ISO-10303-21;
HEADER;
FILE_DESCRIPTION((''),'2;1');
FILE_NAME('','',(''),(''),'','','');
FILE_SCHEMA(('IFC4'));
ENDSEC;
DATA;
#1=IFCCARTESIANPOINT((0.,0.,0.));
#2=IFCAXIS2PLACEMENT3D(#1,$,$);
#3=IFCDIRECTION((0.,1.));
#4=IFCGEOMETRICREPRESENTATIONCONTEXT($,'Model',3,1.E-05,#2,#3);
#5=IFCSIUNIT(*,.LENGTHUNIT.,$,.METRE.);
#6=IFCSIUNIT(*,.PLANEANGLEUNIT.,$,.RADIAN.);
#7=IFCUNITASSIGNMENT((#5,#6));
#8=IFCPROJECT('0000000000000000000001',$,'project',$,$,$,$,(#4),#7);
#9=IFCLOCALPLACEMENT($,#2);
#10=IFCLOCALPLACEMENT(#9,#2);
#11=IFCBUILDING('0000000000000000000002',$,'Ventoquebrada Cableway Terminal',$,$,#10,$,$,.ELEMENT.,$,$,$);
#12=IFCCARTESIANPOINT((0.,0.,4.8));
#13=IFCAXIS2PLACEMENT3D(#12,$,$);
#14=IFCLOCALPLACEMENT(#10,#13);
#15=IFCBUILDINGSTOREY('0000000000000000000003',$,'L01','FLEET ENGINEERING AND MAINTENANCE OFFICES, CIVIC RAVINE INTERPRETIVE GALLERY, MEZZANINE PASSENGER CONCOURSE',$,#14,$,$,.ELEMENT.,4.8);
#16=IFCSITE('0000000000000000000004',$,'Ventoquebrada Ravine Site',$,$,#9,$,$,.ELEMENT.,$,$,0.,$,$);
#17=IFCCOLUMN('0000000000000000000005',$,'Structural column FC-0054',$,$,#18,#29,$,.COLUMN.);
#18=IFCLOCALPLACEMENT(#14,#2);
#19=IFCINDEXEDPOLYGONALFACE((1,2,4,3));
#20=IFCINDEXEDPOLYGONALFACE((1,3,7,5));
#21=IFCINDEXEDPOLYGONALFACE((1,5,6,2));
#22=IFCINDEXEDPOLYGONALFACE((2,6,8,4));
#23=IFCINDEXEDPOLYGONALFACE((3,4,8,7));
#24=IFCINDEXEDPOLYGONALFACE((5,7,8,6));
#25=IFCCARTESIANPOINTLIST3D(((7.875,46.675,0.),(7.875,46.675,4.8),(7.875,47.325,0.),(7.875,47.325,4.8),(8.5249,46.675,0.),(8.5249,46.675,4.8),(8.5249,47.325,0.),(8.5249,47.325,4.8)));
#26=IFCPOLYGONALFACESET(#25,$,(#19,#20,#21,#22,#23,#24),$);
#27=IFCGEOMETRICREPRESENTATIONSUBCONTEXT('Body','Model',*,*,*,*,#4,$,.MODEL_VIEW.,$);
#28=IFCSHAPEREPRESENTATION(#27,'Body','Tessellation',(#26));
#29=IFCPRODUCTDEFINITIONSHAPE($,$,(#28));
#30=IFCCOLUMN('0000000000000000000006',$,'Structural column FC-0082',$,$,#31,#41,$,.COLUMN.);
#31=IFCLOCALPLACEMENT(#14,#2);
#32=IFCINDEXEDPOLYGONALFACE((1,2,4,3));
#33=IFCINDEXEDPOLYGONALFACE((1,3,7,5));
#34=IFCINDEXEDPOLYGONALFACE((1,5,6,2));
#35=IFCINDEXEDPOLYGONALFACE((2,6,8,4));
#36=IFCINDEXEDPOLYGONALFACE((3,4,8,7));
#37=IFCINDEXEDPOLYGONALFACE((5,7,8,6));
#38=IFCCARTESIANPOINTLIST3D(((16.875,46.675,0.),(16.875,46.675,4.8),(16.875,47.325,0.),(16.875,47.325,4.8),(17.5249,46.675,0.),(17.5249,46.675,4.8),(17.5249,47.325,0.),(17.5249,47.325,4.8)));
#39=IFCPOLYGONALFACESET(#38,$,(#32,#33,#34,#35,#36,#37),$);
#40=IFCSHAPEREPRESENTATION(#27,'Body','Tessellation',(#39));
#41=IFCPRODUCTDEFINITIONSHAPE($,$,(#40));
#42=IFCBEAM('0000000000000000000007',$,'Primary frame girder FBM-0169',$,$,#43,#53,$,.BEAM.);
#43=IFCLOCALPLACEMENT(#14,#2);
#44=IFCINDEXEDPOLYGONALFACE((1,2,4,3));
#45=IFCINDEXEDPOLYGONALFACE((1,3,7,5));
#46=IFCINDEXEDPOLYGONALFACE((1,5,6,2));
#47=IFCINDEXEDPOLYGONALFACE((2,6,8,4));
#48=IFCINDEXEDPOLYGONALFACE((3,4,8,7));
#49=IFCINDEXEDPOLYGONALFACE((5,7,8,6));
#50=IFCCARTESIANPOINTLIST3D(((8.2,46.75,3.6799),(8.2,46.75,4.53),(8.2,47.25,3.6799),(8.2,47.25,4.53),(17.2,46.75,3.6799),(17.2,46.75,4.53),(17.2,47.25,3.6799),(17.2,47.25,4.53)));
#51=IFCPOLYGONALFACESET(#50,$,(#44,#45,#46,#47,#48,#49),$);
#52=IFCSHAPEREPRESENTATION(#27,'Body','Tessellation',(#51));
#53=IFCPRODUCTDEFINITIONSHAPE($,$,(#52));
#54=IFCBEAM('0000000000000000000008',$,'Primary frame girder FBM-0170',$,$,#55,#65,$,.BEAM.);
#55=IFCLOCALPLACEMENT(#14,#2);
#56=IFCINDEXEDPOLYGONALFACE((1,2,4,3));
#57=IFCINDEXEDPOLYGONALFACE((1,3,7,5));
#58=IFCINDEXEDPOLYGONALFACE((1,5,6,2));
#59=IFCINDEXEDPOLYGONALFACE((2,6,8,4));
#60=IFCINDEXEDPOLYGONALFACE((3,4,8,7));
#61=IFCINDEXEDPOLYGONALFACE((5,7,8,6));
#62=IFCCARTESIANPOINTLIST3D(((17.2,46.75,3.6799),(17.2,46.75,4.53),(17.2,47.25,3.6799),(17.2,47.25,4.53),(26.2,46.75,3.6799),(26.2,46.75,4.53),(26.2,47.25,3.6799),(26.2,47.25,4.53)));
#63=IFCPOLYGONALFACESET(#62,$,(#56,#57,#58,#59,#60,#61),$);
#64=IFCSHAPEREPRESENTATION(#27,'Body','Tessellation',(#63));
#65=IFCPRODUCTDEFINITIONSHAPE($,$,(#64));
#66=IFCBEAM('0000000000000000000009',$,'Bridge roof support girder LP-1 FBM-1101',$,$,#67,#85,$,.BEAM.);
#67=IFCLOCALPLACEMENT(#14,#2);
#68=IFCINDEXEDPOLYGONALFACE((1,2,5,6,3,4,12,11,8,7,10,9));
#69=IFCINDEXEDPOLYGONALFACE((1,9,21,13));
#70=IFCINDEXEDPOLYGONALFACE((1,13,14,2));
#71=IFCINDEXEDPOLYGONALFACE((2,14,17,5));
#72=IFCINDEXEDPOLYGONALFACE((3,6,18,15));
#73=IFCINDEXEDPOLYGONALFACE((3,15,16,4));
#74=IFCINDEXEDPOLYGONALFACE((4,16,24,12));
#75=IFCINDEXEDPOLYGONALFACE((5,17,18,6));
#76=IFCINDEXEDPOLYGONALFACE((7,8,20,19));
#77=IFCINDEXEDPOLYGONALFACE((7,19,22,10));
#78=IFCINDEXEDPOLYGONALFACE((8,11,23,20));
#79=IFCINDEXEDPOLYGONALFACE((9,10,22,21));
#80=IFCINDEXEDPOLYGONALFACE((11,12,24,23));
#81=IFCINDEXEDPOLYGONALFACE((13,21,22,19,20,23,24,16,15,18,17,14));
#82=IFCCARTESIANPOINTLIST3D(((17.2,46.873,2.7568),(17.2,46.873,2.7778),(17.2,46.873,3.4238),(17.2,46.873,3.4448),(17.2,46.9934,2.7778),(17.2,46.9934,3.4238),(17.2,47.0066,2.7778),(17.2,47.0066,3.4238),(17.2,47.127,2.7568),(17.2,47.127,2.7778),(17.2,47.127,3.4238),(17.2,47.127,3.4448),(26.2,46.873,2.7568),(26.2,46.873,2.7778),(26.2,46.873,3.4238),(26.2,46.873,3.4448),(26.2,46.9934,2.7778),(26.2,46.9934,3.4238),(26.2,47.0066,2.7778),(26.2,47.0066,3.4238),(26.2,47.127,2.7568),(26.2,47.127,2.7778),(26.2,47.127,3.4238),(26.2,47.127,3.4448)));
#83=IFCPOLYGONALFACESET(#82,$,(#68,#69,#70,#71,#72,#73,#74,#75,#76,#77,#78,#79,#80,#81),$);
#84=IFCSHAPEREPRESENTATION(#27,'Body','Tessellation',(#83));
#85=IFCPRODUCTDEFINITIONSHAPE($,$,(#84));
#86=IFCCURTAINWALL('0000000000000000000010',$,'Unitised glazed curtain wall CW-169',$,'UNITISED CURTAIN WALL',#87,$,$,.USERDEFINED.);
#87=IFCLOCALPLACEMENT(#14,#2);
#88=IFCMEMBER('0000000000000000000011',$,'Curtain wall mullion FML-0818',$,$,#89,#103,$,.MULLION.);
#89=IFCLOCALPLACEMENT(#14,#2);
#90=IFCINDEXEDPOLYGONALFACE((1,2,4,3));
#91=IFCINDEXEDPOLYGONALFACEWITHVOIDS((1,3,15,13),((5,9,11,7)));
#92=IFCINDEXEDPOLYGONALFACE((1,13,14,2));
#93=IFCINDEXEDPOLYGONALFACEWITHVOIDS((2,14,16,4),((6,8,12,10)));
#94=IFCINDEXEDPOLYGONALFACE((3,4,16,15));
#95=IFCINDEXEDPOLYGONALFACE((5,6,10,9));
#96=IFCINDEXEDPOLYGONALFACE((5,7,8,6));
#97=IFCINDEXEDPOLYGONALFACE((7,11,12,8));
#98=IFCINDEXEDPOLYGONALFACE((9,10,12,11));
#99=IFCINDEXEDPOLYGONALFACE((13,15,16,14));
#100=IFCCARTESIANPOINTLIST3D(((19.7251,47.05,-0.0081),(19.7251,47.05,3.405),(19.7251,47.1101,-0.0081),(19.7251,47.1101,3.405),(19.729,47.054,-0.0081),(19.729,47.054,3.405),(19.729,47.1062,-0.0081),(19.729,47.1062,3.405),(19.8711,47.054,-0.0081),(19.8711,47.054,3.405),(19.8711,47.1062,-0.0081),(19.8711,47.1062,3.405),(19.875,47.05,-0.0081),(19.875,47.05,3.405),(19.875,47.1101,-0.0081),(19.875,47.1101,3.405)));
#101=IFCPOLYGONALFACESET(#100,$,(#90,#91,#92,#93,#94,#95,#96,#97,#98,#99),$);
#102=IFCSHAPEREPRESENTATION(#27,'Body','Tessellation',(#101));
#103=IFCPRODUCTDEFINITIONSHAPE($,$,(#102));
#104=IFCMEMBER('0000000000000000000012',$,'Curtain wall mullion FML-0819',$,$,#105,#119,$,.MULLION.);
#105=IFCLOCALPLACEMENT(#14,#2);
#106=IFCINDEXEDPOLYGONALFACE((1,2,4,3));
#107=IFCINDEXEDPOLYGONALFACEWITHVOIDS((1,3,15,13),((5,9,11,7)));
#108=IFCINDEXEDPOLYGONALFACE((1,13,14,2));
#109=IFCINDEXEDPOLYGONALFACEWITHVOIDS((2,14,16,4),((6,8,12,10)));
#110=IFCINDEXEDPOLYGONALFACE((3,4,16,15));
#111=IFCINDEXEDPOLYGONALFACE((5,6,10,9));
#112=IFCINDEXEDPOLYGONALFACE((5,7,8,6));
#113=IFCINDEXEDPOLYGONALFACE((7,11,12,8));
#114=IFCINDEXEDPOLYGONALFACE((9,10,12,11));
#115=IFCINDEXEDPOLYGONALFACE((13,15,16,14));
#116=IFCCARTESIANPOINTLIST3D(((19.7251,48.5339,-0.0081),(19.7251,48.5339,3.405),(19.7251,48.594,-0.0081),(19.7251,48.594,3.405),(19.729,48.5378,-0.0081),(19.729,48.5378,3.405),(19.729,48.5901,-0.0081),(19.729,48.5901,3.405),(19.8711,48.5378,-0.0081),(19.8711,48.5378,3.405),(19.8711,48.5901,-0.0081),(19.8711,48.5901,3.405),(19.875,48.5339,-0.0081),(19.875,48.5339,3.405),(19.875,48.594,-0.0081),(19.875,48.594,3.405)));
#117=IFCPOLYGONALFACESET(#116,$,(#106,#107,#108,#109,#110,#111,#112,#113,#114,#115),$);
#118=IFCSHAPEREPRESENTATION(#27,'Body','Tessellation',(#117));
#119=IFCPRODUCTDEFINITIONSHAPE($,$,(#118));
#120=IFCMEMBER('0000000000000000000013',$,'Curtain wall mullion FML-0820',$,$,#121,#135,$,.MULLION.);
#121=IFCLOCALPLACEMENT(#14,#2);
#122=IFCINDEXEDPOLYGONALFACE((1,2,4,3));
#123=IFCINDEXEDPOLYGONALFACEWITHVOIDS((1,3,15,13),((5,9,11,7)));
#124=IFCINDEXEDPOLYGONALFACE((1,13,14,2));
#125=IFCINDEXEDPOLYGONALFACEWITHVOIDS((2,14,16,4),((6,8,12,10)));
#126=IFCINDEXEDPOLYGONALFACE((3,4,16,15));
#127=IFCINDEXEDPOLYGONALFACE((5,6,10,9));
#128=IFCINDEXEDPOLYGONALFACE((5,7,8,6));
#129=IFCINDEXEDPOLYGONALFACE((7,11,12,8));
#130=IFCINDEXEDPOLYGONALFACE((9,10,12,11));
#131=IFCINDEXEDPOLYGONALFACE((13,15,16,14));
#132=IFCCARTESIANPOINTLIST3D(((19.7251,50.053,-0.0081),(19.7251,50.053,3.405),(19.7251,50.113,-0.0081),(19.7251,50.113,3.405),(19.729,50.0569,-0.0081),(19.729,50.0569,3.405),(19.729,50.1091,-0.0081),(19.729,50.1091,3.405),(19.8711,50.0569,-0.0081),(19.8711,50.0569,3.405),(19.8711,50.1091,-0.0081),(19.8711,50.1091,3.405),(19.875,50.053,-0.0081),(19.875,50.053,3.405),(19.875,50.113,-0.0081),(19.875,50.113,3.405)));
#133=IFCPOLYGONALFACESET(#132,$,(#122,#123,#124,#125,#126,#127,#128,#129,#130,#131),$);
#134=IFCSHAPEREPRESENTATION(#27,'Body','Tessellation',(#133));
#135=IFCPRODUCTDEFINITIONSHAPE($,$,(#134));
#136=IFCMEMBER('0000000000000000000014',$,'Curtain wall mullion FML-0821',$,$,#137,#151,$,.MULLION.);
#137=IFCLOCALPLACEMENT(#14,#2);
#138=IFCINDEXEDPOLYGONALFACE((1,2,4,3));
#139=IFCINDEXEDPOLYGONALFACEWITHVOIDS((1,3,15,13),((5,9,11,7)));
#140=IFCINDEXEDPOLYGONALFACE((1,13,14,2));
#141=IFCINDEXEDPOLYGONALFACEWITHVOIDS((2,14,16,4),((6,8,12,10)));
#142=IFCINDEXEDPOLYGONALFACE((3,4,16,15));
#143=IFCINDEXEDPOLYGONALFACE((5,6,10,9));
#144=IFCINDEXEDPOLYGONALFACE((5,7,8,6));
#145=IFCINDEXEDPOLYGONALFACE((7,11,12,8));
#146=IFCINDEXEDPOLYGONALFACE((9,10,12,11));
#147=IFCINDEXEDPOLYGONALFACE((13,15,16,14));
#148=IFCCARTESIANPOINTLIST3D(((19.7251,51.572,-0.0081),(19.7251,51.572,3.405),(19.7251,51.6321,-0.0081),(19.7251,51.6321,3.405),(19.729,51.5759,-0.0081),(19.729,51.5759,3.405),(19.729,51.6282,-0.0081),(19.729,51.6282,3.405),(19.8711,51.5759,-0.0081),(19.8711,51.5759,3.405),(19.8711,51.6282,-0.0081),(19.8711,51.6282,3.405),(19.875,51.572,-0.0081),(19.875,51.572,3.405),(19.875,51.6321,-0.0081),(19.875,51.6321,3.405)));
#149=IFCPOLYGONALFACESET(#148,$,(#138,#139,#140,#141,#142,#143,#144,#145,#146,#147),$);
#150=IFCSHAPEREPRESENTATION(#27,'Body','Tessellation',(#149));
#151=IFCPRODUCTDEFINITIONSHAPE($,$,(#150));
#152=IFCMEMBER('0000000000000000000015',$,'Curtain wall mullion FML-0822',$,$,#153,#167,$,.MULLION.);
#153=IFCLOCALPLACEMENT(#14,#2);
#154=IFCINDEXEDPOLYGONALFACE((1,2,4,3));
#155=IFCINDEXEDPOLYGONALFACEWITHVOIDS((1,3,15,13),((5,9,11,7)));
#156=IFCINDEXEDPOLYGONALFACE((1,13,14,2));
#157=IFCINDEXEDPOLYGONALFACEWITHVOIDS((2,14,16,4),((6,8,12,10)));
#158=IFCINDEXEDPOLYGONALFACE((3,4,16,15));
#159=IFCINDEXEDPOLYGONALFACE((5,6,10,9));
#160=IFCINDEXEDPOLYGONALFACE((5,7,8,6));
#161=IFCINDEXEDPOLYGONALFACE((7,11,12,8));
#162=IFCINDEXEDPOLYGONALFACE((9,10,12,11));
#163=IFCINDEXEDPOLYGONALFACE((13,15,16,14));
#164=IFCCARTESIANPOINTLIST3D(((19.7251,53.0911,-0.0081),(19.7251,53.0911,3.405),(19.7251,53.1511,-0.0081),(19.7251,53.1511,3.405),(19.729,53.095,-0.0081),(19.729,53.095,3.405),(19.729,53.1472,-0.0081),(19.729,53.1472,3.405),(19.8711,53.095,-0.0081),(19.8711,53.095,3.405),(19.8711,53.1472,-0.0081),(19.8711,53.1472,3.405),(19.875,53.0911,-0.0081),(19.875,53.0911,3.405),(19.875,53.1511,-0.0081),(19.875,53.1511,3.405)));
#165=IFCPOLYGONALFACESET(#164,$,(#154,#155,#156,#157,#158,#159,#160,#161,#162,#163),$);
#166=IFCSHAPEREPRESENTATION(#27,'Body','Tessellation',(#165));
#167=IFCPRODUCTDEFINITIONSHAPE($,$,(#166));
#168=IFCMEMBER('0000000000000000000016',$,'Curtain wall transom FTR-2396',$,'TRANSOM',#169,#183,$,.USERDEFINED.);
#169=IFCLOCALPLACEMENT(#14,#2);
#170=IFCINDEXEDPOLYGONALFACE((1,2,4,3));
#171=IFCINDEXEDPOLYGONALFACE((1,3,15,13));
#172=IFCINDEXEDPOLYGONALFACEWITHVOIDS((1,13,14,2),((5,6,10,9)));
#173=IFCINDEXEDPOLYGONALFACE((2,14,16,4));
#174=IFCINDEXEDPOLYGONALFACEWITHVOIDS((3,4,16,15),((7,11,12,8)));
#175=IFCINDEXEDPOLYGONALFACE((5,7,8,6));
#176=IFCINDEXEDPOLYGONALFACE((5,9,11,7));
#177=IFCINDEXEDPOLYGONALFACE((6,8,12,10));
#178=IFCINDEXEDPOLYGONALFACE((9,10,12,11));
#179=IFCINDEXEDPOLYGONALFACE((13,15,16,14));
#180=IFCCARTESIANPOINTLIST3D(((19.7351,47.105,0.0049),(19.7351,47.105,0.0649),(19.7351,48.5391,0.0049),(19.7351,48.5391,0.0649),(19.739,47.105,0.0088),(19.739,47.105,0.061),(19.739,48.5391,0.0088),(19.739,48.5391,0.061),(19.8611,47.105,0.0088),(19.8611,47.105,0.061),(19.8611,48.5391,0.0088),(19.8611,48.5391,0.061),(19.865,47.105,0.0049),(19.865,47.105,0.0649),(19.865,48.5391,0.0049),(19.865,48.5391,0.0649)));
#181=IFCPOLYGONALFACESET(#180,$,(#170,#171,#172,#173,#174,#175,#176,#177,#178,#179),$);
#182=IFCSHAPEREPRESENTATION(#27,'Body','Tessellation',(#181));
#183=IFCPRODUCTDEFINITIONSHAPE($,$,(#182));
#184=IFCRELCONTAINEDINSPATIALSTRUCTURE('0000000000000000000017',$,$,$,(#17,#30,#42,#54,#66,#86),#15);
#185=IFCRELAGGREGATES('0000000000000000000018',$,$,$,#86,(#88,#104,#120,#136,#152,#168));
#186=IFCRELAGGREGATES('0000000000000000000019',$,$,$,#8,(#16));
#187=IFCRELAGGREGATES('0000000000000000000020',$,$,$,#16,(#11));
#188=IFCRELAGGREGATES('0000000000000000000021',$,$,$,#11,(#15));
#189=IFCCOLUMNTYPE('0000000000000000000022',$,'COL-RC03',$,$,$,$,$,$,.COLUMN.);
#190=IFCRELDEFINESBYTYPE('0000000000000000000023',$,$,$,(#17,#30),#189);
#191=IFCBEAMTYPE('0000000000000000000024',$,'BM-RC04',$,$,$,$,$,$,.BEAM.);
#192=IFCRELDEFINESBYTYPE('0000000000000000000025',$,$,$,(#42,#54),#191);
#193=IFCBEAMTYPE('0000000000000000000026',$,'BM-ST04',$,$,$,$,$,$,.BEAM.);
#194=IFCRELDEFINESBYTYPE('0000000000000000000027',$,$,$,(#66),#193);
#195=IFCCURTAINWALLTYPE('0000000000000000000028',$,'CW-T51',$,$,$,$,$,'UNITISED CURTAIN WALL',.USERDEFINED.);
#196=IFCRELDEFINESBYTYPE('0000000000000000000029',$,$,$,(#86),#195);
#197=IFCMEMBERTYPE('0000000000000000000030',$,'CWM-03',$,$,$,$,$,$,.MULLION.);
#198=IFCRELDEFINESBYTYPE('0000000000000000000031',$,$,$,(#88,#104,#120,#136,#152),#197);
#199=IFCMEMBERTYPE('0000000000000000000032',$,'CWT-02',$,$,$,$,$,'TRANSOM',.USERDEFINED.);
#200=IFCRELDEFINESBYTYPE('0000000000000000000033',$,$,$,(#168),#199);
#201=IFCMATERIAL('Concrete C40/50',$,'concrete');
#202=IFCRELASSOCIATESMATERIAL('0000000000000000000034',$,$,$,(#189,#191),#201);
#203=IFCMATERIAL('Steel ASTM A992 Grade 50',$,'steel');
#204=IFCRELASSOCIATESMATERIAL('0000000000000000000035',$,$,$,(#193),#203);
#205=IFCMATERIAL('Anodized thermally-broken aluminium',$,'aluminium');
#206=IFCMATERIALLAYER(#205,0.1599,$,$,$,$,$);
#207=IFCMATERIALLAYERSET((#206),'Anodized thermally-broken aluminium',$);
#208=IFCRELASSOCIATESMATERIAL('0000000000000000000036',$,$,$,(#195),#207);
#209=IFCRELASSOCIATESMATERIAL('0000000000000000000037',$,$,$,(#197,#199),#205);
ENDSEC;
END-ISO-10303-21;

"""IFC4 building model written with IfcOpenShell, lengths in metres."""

from ifc_helpers import new_model, si_unit, direction, frame, origin, origin_2d, place, context, subcontext, project, spatial, rectangle, hollow_rectangle, i_section, extrude, material, layer, layer_set, material_profile, profile_set, type_object, element, aggregate, save


model = new_model("IFC4")

# Units and contexts
model_context = context("Model", 3, precision=1e-05, world=origin(), true_north=direction((0.0, 1.0)))
body_context = subcontext(model_context, "Body", "Model", "MODEL_VIEW")
ifc_project = project(units=[si_unit("LENGTHUNIT", "METRE"), si_unit("PLANEANGLEUNIT", "RADIAN")], contexts=[model_context])

# Site, building, storey
site_placement = place(None, origin())
site = spatial("IfcSite", under=ifc_project, at=site_placement, Name="Ventoquebrada Ravine Site", CompositionType="ELEMENT", RefElevation=0.0)
building_placement = place(site_placement, origin())
building = spatial("IfcBuilding", under=site, at=building_placement, Name="Ventoquebrada Cableway Terminal", CompositionType="ELEMENT")
storey_placement = place(building_placement, frame((0.0, 0.0, 4.8)))
storey = spatial("IfcBuildingStorey", under=building, at=storey_placement, Name="L01", Description="FLEET ENGINEERING AND MAINTENANCE OFFICES, CIVIC RAVINE INTERPRETIVE GALLERY, MEZZANINE PASSENGER CONCOURSE", CompositionType="ELEMENT", Elevation=4.8)

# Columns
ifc_material_1 = material(Name="Concrete C40/50", Category="concrete")
ifc_material_profile_1 = material_profile(ifc_material_1, rectangle(XDim=0.6499, YDim=0.6499, at=origin_2d()), Name="RC-COL-650X650")
ifc_profile_set_1 = profile_set([ifc_material_profile_1], Name="Concrete C40/50")
column_type = type_object("IfcColumnType", Name="COL-RC03", PredefinedType="COLUMN", material=ifc_profile_set_1)
for number, where, z_axis, x_axis, name in (
    (1, (8.2, 47.0, 0.0), (0.0, 0.0, 1.0), (1.0, 0.0, 0.0), "Structural column FC-0054"),
    (2, (17.2, 47.0, 0.0), (0.0, 0.0, 1.0), (1.0, 0.0, 0.0), "Structural column FC-0082"),
):
    element("IfcColumn", number, at=place(storey_placement, frame(where, z_axis=z_axis, x_axis=x_axis)), inside=storey, type_object=column_type, Name=name, PredefinedType="COLUMN", context=body_context, shape_type="SweptSolid", body=[
        extrude(rectangle(XDim=0.6499, YDim=0.6499, at=origin_2d()), origin(), (0.0, 0.0, 1.0), 4.8),
    ])

# Beams
ifc_material_profile_2 = material_profile(ifc_material_1, rectangle(XDim=0.5, YDim=0.8501, at=origin_2d()), Name="RC-BM-500X850")
ifc_profile_set_2 = profile_set([ifc_material_profile_2], Name="Concrete C40/50")
beam_type_1 = type_object("IfcBeamType", Name="BM-RC04", PredefinedType="BEAM", material=ifc_profile_set_2)
for number, where, z_axis, x_axis, name in (
    (3, (8.2, 47.0, 4.105), (1.0, 0.0, 0.0), (0.0, 1.0, 0.0), "Primary frame girder FBM-0169"),
    (4, (17.2, 47.0, 4.105), (1.0, 0.0, 0.0), (0.0, 1.0, 0.0), "Primary frame girder FBM-0170"),
):
    element("IfcBeam", number, at=place(storey_placement, frame(where, z_axis=z_axis, x_axis=x_axis)), inside=storey, type_object=beam_type_1, Name=name, PredefinedType="BEAM", context=body_context, shape_type="SweptSolid", body=[
        extrude(rectangle(XDim=0.5, YDim=0.8501, at=origin_2d()), origin(), (0.0, 0.0, 1.0), 9.0),
    ])
ifc_material_2 = material(Name="Steel ASTM A992 Grade 50", Category="steel")
ifc_material_profile_3 = material_profile(ifc_material_2, i_section(OverallWidth=0.2539, OverallDepth=0.688, WebThickness=0.0132, FlangeThickness=0.021, at=origin_2d()), Name="W27X102")
ifc_profile_set_3 = profile_set([ifc_material_profile_3], Name="Steel ASTM A992 Grade 50")
beam_type_2 = type_object("IfcBeamType", Name="BM-ST04", PredefinedType="BEAM", material=ifc_profile_set_3)
beam_placement = place(storey_placement, frame((17.2, 47.0, 3.1008), z_axis=(1.0, 0.0, 0.0), x_axis=(0.0, 1.0, 0.0)))
element("IfcBeam", 5, at=beam_placement, inside=storey, type_object=beam_type_2, Name="Bridge roof support girder LP-1 FBM-1101", PredefinedType="BEAM", context=body_context, shape_type="SweptSolid", body=[
    extrude(i_section(OverallWidth=0.2539, OverallDepth=0.688, WebThickness=0.0132, FlangeThickness=0.021, at=origin_2d()), origin(), (0.0, 0.0, 1.0), 9.0),
])

# Curtain wall, members
ifc_material_3 = material(Name="Anodized thermally-broken aluminium", Category="aluminium")
ifc_layer_1 = layer(ifc_material_3, 0.1599)
ifc_layer_set_1 = layer_set([ifc_layer_1], Name="Anodized thermally-broken aluminium")
curtain_wall_type = type_object("IfcCurtainWallType", Name="CW-T51", ElementType="UNITISED CURTAIN WALL", PredefinedType="USERDEFINED", material=ifc_layer_set_1)
curtain_wall_placement = place(storey_placement, origin())
curtain_wall = element("IfcCurtainWall", 6, at=curtain_wall_placement, inside=storey, type_object=curtain_wall_type, Name="Unitised glazed curtain wall CW-169", ObjectType="UNITISED CURTAIN WALL", PredefinedType="USERDEFINED")
ifc_material_profile_4 = material_profile(ifc_material_3, hollow_rectangle(XDim=0.0601, YDim=0.1499, WallThickness=0.0039, at=origin_2d()), Name="CW-MUL-60X150")
ifc_profile_set_4 = profile_set([ifc_material_profile_4], Name="Anodized thermally-broken aluminium")
member_type_1 = type_object("IfcMemberType", Name="CWM-03", PredefinedType="MULLION", material=ifc_profile_set_4)
member_1_placement = place(storey_placement, frame((19.8, 47.0801, -0.0081), z_axis=(0.0, 0.0, 1.0), x_axis=(0.0, 1.0, 0.0)))
member_1 = element("IfcMember", 7, at=member_1_placement, type_object=member_type_1, Name="Curtain wall mullion FML-0818", PredefinedType="MULLION", context=body_context, shape_type="SweptSolid", body=[
    extrude(hollow_rectangle(XDim=0.0601, YDim=0.1499, WallThickness=0.0039, at=origin_2d()), origin(), (0.0, 0.0, 1.0), 3.4131),
])
member_2_placement = place(storey_placement, frame((19.8, 48.564, -0.0081), z_axis=(0.0, 0.0, 1.0), x_axis=(0.0, 1.0, 0.0)))
member_2 = element("IfcMember", 8, at=member_2_placement, type_object=member_type_1, Name="Curtain wall mullion FML-0819", PredefinedType="MULLION", context=body_context, shape_type="SweptSolid", body=[
    extrude(hollow_rectangle(XDim=0.0601, YDim=0.1499, WallThickness=0.0039, at=origin_2d()), origin(), (0.0, 0.0, 1.0), 3.4131),
])
member_3_placement = place(storey_placement, frame((19.8, 50.083, -0.0081), z_axis=(0.0, 0.0, 1.0), x_axis=(0.0, 1.0, 0.0)))
member_3 = element("IfcMember", 9, at=member_3_placement, type_object=member_type_1, Name="Curtain wall mullion FML-0820", PredefinedType="MULLION", context=body_context, shape_type="SweptSolid", body=[
    extrude(hollow_rectangle(XDim=0.0601, YDim=0.1499, WallThickness=0.0039, at=origin_2d()), origin(), (0.0, 0.0, 1.0), 3.4131),
])
member_4_placement = place(storey_placement, frame((19.8, 51.6021, -0.0081), z_axis=(0.0, 0.0, 1.0), x_axis=(0.0, 1.0, 0.0)))
member_4 = element("IfcMember", 10, at=member_4_placement, type_object=member_type_1, Name="Curtain wall mullion FML-0821", PredefinedType="MULLION", context=body_context, shape_type="SweptSolid", body=[
    extrude(hollow_rectangle(XDim=0.0601, YDim=0.1499, WallThickness=0.0039, at=origin_2d()), origin(), (0.0, 0.0, 1.0), 3.4131),
])
member_5_placement = place(storey_placement, frame((19.8, 53.1211, -0.0081), z_axis=(0.0, 0.0, 1.0), x_axis=(0.0, 1.0, 0.0)))
member_5 = element("IfcMember", 11, at=member_5_placement, type_object=member_type_1, Name="Curtain wall mullion FML-0822", PredefinedType="MULLION", context=body_context, shape_type="SweptSolid", body=[
    extrude(hollow_rectangle(XDim=0.0601, YDim=0.1499, WallThickness=0.0039, at=origin_2d()), origin(), (0.0, 0.0, 1.0), 3.4131),
])
ifc_material_profile_5 = material_profile(ifc_material_3, hollow_rectangle(XDim=0.0601, YDim=0.1299, WallThickness=0.0039, at=origin_2d()), Name="CW-TRN-60X130")
ifc_profile_set_5 = profile_set([ifc_material_profile_5], Name="Anodized thermally-broken aluminium")
member_type_2 = type_object("IfcMemberType", Name="CWT-02", ElementType="TRANSOM", PredefinedType="USERDEFINED", material=ifc_profile_set_5)
member_6_placement = place(storey_placement, frame((19.8, 47.105, 0.0349), z_axis=(0.0, 1.0, 0.0), x_axis=(0.0, 0.0, 1.0)))
member_6 = element("IfcMember", 12, at=member_6_placement, type_object=member_type_2, Name="Curtain wall transom FTR-2396", ObjectType="TRANSOM", PredefinedType="USERDEFINED", context=body_context, shape_type="SweptSolid", body=[
    extrude(hollow_rectangle(XDim=0.0601, YDim=0.1299, WallThickness=0.0039, at=origin_2d()), origin(), (0.0, 0.0, 1.0), 1.4341),
])
aggregate(curtain_wall, [member_1, member_2, member_3, member_4, member_5, member_6])

save(model, "model.ifc")
